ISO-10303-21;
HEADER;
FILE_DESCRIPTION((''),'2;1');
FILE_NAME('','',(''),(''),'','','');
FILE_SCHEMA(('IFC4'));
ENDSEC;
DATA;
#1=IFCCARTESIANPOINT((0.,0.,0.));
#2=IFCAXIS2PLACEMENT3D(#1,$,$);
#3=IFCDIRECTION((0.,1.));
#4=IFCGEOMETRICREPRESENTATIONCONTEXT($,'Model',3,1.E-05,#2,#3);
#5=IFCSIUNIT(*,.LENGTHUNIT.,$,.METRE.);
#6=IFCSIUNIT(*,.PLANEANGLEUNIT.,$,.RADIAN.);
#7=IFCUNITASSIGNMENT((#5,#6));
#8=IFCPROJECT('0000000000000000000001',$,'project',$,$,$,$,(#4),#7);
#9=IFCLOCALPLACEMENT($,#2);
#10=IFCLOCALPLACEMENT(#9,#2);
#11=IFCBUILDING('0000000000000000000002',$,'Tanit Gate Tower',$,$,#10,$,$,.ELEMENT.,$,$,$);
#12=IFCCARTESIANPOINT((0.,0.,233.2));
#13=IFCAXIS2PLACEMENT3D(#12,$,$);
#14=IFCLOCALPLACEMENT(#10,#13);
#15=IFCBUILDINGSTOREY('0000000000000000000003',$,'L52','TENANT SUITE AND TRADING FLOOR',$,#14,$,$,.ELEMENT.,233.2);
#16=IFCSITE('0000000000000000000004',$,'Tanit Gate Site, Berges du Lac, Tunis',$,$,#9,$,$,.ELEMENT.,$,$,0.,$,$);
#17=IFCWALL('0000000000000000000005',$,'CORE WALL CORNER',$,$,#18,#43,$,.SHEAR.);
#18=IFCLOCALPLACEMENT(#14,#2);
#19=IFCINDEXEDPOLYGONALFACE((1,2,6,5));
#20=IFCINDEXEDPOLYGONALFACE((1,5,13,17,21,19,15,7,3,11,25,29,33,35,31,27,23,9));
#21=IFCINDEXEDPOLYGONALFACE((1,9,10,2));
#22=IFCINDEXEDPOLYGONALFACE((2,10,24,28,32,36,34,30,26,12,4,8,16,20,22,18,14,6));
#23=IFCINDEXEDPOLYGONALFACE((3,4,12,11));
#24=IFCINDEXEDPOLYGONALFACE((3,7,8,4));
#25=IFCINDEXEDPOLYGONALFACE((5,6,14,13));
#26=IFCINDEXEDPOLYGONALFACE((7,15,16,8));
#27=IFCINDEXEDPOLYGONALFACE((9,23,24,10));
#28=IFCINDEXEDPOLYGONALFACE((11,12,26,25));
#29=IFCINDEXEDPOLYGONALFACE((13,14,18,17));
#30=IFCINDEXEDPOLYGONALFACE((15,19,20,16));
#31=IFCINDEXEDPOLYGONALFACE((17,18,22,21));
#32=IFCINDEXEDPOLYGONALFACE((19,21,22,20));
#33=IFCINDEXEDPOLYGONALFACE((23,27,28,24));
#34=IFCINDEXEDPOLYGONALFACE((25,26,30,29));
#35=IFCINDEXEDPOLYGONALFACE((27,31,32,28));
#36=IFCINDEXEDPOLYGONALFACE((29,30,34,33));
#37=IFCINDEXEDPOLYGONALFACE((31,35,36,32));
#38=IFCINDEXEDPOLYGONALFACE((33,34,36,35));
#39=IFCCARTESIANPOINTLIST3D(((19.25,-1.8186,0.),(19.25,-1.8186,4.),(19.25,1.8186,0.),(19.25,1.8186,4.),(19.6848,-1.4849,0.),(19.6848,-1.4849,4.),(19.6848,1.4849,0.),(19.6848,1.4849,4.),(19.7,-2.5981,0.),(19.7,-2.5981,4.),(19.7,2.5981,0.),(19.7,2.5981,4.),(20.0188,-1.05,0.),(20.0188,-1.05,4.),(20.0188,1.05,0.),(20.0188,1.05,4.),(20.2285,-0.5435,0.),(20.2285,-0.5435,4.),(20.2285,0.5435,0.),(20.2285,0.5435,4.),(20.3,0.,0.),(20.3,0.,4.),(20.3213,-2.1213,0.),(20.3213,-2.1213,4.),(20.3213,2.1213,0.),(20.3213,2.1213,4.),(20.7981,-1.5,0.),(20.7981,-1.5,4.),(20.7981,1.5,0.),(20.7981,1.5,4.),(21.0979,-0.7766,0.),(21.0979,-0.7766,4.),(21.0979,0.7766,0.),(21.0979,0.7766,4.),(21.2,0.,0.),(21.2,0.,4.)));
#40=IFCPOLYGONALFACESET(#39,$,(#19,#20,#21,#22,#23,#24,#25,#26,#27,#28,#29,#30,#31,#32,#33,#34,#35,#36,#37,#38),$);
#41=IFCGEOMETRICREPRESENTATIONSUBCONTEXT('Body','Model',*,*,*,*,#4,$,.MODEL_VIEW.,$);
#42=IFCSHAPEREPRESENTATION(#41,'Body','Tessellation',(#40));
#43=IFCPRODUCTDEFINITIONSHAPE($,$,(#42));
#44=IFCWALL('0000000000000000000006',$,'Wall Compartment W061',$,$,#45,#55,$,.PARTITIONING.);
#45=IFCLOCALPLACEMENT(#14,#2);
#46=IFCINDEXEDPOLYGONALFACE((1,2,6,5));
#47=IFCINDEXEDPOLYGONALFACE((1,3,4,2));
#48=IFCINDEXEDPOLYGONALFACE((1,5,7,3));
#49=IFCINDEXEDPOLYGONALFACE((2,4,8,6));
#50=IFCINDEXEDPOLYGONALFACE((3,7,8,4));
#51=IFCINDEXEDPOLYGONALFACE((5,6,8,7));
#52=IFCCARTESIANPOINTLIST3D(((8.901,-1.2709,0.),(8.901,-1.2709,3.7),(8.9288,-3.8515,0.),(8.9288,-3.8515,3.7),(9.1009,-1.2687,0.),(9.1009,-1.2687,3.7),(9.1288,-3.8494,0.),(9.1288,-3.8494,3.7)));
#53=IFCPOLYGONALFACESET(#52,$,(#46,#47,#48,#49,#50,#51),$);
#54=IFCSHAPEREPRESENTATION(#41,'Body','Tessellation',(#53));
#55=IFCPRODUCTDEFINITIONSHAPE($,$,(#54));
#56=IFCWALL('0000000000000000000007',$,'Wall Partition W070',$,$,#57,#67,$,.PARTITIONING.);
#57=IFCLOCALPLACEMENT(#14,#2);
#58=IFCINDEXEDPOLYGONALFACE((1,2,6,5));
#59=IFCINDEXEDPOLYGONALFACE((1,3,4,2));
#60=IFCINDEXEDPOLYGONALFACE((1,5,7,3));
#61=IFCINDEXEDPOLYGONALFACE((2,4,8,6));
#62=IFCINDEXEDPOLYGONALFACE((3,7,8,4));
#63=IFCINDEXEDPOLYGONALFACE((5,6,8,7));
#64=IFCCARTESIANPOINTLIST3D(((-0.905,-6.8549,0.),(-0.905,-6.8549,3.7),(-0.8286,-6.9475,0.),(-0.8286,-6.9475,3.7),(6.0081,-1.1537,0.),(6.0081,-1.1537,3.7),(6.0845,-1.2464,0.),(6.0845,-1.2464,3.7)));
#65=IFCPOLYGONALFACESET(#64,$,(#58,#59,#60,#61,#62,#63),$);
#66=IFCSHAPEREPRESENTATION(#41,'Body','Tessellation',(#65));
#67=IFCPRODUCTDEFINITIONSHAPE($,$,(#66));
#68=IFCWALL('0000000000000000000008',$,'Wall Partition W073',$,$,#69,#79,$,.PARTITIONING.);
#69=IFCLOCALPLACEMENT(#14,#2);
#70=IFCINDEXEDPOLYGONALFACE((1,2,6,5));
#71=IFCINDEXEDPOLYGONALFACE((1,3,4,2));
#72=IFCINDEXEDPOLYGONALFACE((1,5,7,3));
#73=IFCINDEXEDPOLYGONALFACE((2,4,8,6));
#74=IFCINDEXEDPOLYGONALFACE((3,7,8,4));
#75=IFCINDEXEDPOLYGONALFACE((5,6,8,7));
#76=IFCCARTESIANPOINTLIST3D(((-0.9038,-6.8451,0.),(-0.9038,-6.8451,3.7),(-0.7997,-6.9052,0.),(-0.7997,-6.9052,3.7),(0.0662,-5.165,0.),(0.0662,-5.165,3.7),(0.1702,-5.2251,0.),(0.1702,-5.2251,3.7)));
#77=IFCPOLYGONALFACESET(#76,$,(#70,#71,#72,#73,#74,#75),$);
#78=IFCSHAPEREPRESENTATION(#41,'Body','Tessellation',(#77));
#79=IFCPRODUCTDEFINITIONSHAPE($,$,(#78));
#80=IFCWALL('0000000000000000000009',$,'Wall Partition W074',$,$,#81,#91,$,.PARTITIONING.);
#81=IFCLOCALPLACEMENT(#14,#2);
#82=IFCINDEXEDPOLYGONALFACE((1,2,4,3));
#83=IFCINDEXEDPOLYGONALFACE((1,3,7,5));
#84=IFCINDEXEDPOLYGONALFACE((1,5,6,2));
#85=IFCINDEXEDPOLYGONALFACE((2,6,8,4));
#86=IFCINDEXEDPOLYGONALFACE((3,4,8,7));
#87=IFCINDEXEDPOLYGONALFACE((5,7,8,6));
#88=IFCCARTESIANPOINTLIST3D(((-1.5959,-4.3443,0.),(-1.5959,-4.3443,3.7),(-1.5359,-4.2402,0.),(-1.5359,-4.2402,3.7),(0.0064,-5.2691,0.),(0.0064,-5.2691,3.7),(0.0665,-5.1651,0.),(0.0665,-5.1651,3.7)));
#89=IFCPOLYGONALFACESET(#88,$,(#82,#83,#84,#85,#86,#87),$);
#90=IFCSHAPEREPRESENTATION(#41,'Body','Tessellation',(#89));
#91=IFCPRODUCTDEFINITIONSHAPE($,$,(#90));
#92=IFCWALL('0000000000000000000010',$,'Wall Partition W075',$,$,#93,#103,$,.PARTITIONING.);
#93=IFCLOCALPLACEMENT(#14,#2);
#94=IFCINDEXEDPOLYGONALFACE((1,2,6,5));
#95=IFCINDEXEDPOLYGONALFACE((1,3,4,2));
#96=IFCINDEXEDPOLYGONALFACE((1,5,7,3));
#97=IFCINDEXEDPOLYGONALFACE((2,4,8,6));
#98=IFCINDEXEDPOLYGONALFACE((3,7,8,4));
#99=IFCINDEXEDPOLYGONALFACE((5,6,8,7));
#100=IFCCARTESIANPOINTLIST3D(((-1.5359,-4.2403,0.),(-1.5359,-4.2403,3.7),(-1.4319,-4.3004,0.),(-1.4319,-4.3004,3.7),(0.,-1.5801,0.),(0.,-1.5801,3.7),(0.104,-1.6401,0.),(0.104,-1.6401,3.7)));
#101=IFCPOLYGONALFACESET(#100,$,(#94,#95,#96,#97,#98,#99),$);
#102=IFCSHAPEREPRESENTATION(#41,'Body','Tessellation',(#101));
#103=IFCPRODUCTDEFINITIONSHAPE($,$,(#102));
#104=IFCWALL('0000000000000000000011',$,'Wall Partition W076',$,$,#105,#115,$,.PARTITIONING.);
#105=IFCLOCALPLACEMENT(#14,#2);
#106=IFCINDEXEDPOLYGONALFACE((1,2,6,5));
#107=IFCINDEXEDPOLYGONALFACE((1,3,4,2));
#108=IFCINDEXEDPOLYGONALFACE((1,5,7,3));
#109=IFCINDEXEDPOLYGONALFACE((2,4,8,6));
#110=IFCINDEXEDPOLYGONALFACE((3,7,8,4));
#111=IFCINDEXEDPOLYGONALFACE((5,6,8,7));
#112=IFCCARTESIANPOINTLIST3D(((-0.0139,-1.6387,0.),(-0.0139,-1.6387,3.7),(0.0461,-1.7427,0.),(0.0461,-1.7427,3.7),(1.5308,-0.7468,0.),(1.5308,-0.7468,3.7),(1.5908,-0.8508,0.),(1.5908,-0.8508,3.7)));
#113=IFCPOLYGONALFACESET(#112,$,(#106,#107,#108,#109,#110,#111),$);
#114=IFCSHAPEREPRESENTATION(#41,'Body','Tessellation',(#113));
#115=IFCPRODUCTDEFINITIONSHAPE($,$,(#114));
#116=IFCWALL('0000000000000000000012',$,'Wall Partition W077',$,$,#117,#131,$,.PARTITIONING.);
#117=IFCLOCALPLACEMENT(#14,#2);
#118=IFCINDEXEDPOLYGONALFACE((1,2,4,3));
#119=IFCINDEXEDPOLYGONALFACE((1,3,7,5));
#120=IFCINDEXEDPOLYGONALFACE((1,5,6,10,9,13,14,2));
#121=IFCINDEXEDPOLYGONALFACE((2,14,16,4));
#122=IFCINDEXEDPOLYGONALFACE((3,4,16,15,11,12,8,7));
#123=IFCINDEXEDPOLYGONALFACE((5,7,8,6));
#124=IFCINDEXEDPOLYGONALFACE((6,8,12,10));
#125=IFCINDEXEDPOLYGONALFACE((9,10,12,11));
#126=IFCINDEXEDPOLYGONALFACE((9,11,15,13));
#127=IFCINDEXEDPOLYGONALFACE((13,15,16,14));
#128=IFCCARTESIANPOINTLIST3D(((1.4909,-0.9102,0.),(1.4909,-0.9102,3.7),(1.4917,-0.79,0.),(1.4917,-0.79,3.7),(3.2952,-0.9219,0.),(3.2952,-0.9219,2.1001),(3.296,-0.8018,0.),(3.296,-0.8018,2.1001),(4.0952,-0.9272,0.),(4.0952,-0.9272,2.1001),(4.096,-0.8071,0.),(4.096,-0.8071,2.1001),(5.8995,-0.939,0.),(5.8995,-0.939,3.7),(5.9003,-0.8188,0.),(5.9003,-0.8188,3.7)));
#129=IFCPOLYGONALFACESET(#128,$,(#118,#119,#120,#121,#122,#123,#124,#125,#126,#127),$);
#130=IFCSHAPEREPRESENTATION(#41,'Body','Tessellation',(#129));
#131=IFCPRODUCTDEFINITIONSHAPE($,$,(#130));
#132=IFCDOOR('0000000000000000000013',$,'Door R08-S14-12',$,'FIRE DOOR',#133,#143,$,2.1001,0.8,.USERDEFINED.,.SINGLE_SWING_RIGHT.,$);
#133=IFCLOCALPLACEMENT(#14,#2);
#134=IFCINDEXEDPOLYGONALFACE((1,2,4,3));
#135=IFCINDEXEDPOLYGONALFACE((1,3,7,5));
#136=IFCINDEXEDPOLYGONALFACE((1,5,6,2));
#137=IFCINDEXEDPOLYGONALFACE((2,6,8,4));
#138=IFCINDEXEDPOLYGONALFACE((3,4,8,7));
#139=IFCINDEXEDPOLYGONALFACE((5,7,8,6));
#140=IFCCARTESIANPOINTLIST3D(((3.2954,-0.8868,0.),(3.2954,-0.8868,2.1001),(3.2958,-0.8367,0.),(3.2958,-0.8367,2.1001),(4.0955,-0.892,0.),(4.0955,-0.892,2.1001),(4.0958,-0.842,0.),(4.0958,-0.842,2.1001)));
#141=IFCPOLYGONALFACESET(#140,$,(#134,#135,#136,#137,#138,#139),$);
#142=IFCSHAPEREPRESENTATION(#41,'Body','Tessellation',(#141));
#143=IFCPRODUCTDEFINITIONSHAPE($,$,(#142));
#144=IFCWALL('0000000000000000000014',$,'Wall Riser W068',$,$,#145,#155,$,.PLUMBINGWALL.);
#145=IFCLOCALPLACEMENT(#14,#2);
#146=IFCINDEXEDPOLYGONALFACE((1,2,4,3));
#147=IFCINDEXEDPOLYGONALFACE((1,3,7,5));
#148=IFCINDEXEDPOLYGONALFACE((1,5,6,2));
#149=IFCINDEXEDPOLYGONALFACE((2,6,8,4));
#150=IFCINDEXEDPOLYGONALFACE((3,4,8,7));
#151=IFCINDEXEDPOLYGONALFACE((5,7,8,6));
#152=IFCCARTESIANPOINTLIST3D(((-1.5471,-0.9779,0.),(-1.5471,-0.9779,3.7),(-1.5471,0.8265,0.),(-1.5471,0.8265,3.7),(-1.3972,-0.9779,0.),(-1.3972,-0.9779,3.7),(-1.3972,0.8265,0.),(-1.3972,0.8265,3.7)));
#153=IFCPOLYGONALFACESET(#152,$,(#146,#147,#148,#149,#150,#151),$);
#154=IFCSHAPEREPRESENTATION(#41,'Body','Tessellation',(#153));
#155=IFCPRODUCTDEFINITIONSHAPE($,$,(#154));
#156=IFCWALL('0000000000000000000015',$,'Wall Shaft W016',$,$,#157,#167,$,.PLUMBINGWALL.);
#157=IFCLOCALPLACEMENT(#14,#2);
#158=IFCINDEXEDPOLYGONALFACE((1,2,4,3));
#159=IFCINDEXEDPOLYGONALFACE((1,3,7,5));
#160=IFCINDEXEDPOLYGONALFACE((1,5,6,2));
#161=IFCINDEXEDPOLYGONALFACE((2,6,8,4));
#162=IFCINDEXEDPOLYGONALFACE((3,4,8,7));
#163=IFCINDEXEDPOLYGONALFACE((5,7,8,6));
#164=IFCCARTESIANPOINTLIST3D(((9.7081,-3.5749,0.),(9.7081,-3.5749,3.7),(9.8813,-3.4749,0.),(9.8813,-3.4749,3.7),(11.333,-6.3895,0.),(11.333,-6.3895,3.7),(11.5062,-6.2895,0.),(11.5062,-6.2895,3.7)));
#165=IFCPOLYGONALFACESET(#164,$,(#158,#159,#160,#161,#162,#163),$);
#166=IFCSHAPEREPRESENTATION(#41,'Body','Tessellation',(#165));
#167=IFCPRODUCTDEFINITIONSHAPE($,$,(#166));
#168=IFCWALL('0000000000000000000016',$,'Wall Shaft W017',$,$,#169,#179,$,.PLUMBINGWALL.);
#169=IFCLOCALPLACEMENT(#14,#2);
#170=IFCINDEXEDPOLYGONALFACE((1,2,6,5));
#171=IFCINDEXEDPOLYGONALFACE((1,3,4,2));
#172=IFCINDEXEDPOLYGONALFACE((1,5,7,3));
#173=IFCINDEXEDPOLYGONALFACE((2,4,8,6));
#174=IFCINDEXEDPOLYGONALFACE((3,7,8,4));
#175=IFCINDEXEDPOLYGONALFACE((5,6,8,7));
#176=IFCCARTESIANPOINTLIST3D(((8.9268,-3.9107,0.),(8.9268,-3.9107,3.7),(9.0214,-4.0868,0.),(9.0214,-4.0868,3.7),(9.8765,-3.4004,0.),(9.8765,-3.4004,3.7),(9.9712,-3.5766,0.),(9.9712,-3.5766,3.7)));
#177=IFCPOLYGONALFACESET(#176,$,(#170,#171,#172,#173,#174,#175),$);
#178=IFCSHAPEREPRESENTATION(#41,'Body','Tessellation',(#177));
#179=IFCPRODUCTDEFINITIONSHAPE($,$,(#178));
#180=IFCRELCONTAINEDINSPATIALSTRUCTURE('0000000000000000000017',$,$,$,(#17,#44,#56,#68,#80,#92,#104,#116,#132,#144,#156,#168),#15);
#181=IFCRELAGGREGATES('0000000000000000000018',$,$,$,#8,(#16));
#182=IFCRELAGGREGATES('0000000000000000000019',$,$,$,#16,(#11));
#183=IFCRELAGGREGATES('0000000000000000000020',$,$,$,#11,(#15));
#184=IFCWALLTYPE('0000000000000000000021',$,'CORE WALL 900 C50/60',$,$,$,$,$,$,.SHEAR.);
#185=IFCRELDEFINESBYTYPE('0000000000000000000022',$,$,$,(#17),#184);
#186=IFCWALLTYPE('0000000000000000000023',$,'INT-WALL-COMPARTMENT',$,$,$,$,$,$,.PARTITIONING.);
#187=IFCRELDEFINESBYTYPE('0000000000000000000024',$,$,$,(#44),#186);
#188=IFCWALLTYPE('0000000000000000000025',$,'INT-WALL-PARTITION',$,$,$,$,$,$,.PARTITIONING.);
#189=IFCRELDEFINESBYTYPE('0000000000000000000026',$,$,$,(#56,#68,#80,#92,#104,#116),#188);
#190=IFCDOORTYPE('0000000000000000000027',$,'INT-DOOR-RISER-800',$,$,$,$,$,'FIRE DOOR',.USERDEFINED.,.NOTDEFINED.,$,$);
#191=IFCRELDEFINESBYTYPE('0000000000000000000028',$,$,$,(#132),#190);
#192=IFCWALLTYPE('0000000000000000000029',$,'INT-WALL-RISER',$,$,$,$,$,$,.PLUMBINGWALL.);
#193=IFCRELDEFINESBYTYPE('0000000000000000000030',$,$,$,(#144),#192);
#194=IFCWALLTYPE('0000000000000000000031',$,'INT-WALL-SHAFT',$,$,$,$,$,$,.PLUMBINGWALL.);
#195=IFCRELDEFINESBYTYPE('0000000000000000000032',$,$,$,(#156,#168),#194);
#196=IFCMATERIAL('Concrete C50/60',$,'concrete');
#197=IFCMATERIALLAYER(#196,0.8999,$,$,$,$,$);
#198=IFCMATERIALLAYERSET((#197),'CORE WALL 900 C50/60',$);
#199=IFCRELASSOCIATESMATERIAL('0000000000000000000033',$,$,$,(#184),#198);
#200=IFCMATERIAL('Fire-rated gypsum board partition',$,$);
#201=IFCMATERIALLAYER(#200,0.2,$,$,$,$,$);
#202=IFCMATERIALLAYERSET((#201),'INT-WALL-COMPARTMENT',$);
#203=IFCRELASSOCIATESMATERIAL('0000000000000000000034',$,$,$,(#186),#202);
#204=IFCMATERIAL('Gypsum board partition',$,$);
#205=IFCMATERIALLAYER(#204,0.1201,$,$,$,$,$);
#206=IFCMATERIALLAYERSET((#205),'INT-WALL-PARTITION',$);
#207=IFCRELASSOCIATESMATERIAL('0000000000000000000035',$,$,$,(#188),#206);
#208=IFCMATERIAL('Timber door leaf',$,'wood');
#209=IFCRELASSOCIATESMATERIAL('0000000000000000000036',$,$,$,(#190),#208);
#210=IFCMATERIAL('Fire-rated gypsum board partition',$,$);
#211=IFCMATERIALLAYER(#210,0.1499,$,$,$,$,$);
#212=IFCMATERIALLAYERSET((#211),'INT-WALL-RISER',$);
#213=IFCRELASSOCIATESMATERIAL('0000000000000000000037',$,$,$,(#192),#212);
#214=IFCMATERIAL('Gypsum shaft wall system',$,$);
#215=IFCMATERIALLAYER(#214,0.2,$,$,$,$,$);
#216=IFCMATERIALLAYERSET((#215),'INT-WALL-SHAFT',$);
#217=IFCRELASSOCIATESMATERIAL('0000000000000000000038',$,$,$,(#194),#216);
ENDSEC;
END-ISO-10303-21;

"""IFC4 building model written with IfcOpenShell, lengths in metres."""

from ifc_helpers import new_model, si_unit, direction, frame, frame_2d, origin, place, context, subcontext, project, spatial, polyline, rectangle, outline, extrude, material, layer, layer_set, type_object, element, fill, save


model = new_model("IFC4")

# Units and contexts
model_context = context("Model", 3, precision=1e-05, world=origin(), true_north=direction((0.0, 1.0)))
body_context = subcontext(model_context, "Body", "Model", "MODEL_VIEW")
ifc_project = project(units=[si_unit("LENGTHUNIT", "METRE"), si_unit("PLANEANGLEUNIT", "RADIAN")], contexts=[model_context])

# Site, building, storey
site_placement = place(None, origin())
site = spatial("IfcSite", under=ifc_project, at=site_placement, Name="Tanit Gate Site, Berges du Lac, Tunis", CompositionType="ELEMENT", RefElevation=0.0)
building_placement = place(site_placement, origin())
building = spatial("IfcBuilding", under=site, at=building_placement, Name="Tanit Gate Tower", CompositionType="ELEMENT")
storey_placement = place(building_placement, frame((0.0, 0.0, 233.2)))
storey = spatial("IfcBuildingStorey", under=building, at=storey_placement, Name="L52", Description="TENANT SUITE AND TRADING FLOOR", CompositionType="ELEMENT", Elevation=233.2)

# Walls
ifc_material_1 = material(Name="Concrete C50/60", Category="concrete")
ifc_layer_1 = layer(ifc_material_1, 0.8999)
ifc_layer_set_1 = layer_set([ifc_layer_1], Name="CORE WALL 900 C50/60")
wall_type_1 = type_object("IfcWallType", Name="CORE WALL 900 C50/60", PredefinedType="SHEAR", material=ifc_layer_set_1)
wall_1_placement = place(storey_placement, origin())
element("IfcWall", 1, at=wall_1_placement, inside=storey, type_object=wall_type_1, Name="CORE WALL CORNER", PredefinedType="SHEAR", context=body_context, shape_type="SweptSolid", body=[
    extrude(outline(polyline([(19.7, -2.5981), (20.3213, -2.1213), (20.7981, -1.5), (21.0979, -0.7766), (21.2, 0.0), (21.0979, 0.7766), (20.7981, 1.5), (20.3213, 2.1213), (19.7, 2.5981), (19.25, 1.8186), (19.6848, 1.4849), (20.0188, 1.05), (20.2285, 0.5435), (20.3, 0.0), (20.2285, -0.5435), (20.0188, -1.05), (19.6848, -1.4849), (19.25, -1.8186), (19.7, -2.5981)])), origin(), (0.0, 0.0, 1.0), 4.0),
])
ifc_material_2 = material(Name="Fire-rated gypsum board partition")
ifc_layer_2 = layer(ifc_material_2, 0.2)
ifc_layer_set_2 = layer_set([ifc_layer_2], Name="INT-WALL-COMPARTMENT")
wall_type_2 = type_object("IfcWallType", Name="INT-WALL-COMPARTMENT", PredefinedType="PARTITIONING", material=ifc_layer_set_2)
wall_2_placement = place(storey_placement, frame((9.0288, -3.8506, 0.0), z_axis=(0.0, 0.0, 1.0), x_axis=(-0.010785, 0.999942, 0.0)))
element("IfcWall", 2, at=wall_2_placement, inside=storey, type_object=wall_type_2, Name="Wall Compartment W061", PredefinedType="PARTITIONING", context=body_context, shape_type="SweptSolid", body=[
    extrude(rectangle(XDim=2.5808, YDim=0.2, at=frame_2d((1.2905, 0.0))), origin(), (0.0, 0.0, 1.0), 3.7),
])
ifc_material_3 = material(Name="Gypsum board partition")
ifc_layer_3 = layer(ifc_material_3, 0.1201)
ifc_layer_set_3 = layer_set([ifc_layer_3], Name="INT-WALL-PARTITION")
wall_type_3 = type_object("IfcWallType", Name="INT-WALL-PARTITION", PredefinedType="PARTITIONING", material=ifc_layer_set_3)
wall_3_placement = place(storey_placement, frame((6.0464, -1.2, 0.0), z_axis=(0.0, 0.0, 1.0), x_axis=(-0.77149, -0.636242, 0.0)))
element("IfcWall", 3, at=wall_3_placement, inside=storey, type_object=wall_type_3, Name="Wall Partition W070", PredefinedType="PARTITIONING", context=body_context, shape_type="SweptSolid", body=[
    extrude(rectangle(XDim=8.9607, YDim=0.1201, at=frame_2d((4.4805, 0.0))), origin(), (0.0, 0.0, 1.0), 3.7),
])
wall_4_placement = place(storey_placement, frame((0.1182, -5.1951, 0.0), z_axis=(0.0, 0.0, 1.0), x_axis=(-0.499969, -0.866043, 0.0)))
element("IfcWall", 4, at=wall_4_placement, inside=storey, type_object=wall_type_3, Name="Wall Partition W073", PredefinedType="PARTITIONING", context=body_context, shape_type="SweptSolid", body=[
    extrude(rectangle(XDim=1.9399, YDim=0.1201, at=frame_2d((0.97, 0.0))), origin(), (0.0, 0.0, 1.0), 3.7),
])
wall_5_placement = place(storey_placement, frame((-1.5659, -4.2922, 0.0), z_axis=(0.0, 0.0, 1.0), x_axis=(0.866091, -0.499886, 0.0)))
element("IfcWall", 5, at=wall_5_placement, inside=storey, type_object=wall_type_3, Name="Wall Partition W074", PredefinedType="PARTITIONING", context=body_context, shape_type="SweptSolid", body=[
    extrude(rectangle(XDim=1.8501, YDim=0.1201, at=frame_2d((0.925, 0.0))), origin(), (0.0, 0.0, 1.0), 3.7),
])
wall_6_placement = place(storey_placement, frame((0.052, -1.6101, 0.0), z_axis=(0.0, 0.0, 1.0), x_axis=(-0.500011, -0.866019, 0.0)))
element("IfcWall", 6, at=wall_6_placement, inside=storey, type_object=wall_type_3, Name="Wall Partition W075", PredefinedType="PARTITIONING", context=body_context, shape_type="SweptSolid", body=[
    extrude(rectangle(XDim=3.0718, YDim=0.1201, at=frame_2d((1.5359, 0.0))), origin(), (0.0, 0.0, 1.0), 3.7),
])
wall_7_placement = place(storey_placement, frame((1.5608, -0.7988, 0.0), z_axis=(0.0, 0.0, 1.0), x_axis=(-0.866019, -0.500011, 0.0)))
element("IfcWall", 7, at=wall_7_placement, inside=storey, type_object=wall_type_3, Name="Wall Partition W076", PredefinedType="PARTITIONING", context=body_context, shape_type="SweptSolid", body=[
    extrude(rectangle(XDim=1.7837, YDim=0.1201, at=frame_2d((0.8918, 0.0))), origin(), (0.0, 0.0, 1.0), 3.7),
])

# Wall, opening, door
wall_8_placement = place(storey_placement, frame((5.8999, -0.8789, 0.0), z_axis=(0.0, 0.0, 1.0), x_axis=(-0.999979, 0.006534, 0.0)))
wall_8 = element("IfcWall", 8, at=wall_8_placement, inside=storey, type_object=wall_type_3, Name="Wall Partition W077", PredefinedType="PARTITIONING", context=body_context, shape_type="SweptSolid", body=[
    extrude(rectangle(XDim=4.4087, YDim=0.1201, at=frame_2d((2.2043, 0.0))), origin(), (0.0, 0.0, 1.0), 3.7),
])
opening_placement = place(wall_8_placement, frame((1.8044, 0.0, 0.0)))
opening = element("IfcOpeningElement", 9, at=opening_placement, cuts=wall_8, PredefinedType="OPENING", context=body_context, shape_type="SweptSolid", body=[
    extrude(rectangle(XDim=0.8, YDim=2.1001, at=frame_2d((0.3999, 1.05))), frame((0.0, 0.0701, 0.0), z_axis=(0.0, -1.0, 0.0), x_axis=(1.0, 0.0, 0.0)), (0.0, 0.0, 1.0), 0.1401),
])
ifc_material_4 = material(Name="Timber door leaf", Category="wood")
door_type = type_object("IfcDoorType", Name="INT-DOOR-RISER-800", ElementType="FIRE DOOR", OperationType="NOTDEFINED", PredefinedType="USERDEFINED", material=ifc_material_4)
door_placement = place(opening_placement, origin())
door = element("IfcDoor", 10, at=door_placement, inside=storey, type_object=door_type, Name="Door R08-S14-12", ObjectType="FIRE DOOR", OperationType="SINGLE_SWING_RIGHT", OverallHeight=2.1001, OverallWidth=0.8, PredefinedType="USERDEFINED", context=body_context, shape_type="SweptSolid", body=[
    extrude(rectangle(XDim=0.8, YDim=2.1001, at=frame_2d((0.3999, 1.05))), frame((0.0, 0.0249, 0.0), z_axis=(0.0, -1.0, 0.0), x_axis=(1.0, 0.0, 0.0)), (0.0, 0.0, 1.0), 0.05),
])
fill(opening, door)

# Walls
ifc_material_5 = material(Name="Fire-rated gypsum board partition")
ifc_layer_4 = layer(ifc_material_5, 0.1499)
ifc_layer_set_4 = layer_set([ifc_layer_4], Name="INT-WALL-RISER")
wall_type_4 = type_object("IfcWallType", Name="INT-WALL-RISER", PredefinedType="PLUMBINGWALL", material=ifc_layer_set_4)
wall_9_placement = place(storey_placement, frame((-1.4722, -0.978, 0.0), z_axis=(0.0, 0.0, 1.0), x_axis=(0.0, 1.0, 0.0)))
element("IfcWall", 11, at=wall_9_placement, inside=storey, type_object=wall_type_4, Name="Wall Riser W068", PredefinedType="PLUMBINGWALL", context=body_context, shape_type="SweptSolid", body=[
    extrude(rectangle(XDim=1.8044, YDim=0.1499, at=frame_2d((0.9023, 0.0))), origin(), (0.0, 0.0, 1.0), 3.7),
])
ifc_material_6 = material(Name="Gypsum shaft wall system")
ifc_layer_5 = layer(ifc_material_6, 0.2)
ifc_layer_set_5 = layer_set([ifc_layer_5], Name="INT-WALL-SHAFT")
wall_type_5 = type_object("IfcWallType", Name="INT-WALL-SHAFT", PredefinedType="PLUMBINGWALL", material=ifc_layer_set_5)
wall_10_placement = place(storey_placement, frame((9.7947, -3.5249, 0.0), z_axis=(0.0, 0.0, 1.0), x_axis=(0.499985, -0.866034, 0.0)))
element("IfcWall", 12, at=wall_10_placement, inside=storey, type_object=wall_type_5, Name="Wall Shaft W016", PredefinedType="PLUMBINGWALL", context=body_context, shape_type="SweptSolid", body=[
    extrude(rectangle(XDim=3.25, YDim=0.2, at=frame_2d((1.625, 0.0))), origin(), (0.0, 0.0, 1.0), 3.7),
])
wall_11_placement = place(storey_placement, frame((8.9741, -3.9988, 0.0), z_axis=(0.0, 0.0, 1.0), x_axis=(0.880907, 0.473289, 0.0)))
element("IfcWall", 13, at=wall_11_placement, inside=storey, type_object=wall_type_5, Name="Wall Shaft W017", PredefinedType="PLUMBINGWALL", context=body_context, shape_type="SweptSolid", body=[
    extrude(rectangle(XDim=1.0781, YDim=0.2, at=frame_2d((0.5391, 0.0))), origin(), (0.0, 0.0, 1.0), 3.7),
])

save(model, "model.ifc")
